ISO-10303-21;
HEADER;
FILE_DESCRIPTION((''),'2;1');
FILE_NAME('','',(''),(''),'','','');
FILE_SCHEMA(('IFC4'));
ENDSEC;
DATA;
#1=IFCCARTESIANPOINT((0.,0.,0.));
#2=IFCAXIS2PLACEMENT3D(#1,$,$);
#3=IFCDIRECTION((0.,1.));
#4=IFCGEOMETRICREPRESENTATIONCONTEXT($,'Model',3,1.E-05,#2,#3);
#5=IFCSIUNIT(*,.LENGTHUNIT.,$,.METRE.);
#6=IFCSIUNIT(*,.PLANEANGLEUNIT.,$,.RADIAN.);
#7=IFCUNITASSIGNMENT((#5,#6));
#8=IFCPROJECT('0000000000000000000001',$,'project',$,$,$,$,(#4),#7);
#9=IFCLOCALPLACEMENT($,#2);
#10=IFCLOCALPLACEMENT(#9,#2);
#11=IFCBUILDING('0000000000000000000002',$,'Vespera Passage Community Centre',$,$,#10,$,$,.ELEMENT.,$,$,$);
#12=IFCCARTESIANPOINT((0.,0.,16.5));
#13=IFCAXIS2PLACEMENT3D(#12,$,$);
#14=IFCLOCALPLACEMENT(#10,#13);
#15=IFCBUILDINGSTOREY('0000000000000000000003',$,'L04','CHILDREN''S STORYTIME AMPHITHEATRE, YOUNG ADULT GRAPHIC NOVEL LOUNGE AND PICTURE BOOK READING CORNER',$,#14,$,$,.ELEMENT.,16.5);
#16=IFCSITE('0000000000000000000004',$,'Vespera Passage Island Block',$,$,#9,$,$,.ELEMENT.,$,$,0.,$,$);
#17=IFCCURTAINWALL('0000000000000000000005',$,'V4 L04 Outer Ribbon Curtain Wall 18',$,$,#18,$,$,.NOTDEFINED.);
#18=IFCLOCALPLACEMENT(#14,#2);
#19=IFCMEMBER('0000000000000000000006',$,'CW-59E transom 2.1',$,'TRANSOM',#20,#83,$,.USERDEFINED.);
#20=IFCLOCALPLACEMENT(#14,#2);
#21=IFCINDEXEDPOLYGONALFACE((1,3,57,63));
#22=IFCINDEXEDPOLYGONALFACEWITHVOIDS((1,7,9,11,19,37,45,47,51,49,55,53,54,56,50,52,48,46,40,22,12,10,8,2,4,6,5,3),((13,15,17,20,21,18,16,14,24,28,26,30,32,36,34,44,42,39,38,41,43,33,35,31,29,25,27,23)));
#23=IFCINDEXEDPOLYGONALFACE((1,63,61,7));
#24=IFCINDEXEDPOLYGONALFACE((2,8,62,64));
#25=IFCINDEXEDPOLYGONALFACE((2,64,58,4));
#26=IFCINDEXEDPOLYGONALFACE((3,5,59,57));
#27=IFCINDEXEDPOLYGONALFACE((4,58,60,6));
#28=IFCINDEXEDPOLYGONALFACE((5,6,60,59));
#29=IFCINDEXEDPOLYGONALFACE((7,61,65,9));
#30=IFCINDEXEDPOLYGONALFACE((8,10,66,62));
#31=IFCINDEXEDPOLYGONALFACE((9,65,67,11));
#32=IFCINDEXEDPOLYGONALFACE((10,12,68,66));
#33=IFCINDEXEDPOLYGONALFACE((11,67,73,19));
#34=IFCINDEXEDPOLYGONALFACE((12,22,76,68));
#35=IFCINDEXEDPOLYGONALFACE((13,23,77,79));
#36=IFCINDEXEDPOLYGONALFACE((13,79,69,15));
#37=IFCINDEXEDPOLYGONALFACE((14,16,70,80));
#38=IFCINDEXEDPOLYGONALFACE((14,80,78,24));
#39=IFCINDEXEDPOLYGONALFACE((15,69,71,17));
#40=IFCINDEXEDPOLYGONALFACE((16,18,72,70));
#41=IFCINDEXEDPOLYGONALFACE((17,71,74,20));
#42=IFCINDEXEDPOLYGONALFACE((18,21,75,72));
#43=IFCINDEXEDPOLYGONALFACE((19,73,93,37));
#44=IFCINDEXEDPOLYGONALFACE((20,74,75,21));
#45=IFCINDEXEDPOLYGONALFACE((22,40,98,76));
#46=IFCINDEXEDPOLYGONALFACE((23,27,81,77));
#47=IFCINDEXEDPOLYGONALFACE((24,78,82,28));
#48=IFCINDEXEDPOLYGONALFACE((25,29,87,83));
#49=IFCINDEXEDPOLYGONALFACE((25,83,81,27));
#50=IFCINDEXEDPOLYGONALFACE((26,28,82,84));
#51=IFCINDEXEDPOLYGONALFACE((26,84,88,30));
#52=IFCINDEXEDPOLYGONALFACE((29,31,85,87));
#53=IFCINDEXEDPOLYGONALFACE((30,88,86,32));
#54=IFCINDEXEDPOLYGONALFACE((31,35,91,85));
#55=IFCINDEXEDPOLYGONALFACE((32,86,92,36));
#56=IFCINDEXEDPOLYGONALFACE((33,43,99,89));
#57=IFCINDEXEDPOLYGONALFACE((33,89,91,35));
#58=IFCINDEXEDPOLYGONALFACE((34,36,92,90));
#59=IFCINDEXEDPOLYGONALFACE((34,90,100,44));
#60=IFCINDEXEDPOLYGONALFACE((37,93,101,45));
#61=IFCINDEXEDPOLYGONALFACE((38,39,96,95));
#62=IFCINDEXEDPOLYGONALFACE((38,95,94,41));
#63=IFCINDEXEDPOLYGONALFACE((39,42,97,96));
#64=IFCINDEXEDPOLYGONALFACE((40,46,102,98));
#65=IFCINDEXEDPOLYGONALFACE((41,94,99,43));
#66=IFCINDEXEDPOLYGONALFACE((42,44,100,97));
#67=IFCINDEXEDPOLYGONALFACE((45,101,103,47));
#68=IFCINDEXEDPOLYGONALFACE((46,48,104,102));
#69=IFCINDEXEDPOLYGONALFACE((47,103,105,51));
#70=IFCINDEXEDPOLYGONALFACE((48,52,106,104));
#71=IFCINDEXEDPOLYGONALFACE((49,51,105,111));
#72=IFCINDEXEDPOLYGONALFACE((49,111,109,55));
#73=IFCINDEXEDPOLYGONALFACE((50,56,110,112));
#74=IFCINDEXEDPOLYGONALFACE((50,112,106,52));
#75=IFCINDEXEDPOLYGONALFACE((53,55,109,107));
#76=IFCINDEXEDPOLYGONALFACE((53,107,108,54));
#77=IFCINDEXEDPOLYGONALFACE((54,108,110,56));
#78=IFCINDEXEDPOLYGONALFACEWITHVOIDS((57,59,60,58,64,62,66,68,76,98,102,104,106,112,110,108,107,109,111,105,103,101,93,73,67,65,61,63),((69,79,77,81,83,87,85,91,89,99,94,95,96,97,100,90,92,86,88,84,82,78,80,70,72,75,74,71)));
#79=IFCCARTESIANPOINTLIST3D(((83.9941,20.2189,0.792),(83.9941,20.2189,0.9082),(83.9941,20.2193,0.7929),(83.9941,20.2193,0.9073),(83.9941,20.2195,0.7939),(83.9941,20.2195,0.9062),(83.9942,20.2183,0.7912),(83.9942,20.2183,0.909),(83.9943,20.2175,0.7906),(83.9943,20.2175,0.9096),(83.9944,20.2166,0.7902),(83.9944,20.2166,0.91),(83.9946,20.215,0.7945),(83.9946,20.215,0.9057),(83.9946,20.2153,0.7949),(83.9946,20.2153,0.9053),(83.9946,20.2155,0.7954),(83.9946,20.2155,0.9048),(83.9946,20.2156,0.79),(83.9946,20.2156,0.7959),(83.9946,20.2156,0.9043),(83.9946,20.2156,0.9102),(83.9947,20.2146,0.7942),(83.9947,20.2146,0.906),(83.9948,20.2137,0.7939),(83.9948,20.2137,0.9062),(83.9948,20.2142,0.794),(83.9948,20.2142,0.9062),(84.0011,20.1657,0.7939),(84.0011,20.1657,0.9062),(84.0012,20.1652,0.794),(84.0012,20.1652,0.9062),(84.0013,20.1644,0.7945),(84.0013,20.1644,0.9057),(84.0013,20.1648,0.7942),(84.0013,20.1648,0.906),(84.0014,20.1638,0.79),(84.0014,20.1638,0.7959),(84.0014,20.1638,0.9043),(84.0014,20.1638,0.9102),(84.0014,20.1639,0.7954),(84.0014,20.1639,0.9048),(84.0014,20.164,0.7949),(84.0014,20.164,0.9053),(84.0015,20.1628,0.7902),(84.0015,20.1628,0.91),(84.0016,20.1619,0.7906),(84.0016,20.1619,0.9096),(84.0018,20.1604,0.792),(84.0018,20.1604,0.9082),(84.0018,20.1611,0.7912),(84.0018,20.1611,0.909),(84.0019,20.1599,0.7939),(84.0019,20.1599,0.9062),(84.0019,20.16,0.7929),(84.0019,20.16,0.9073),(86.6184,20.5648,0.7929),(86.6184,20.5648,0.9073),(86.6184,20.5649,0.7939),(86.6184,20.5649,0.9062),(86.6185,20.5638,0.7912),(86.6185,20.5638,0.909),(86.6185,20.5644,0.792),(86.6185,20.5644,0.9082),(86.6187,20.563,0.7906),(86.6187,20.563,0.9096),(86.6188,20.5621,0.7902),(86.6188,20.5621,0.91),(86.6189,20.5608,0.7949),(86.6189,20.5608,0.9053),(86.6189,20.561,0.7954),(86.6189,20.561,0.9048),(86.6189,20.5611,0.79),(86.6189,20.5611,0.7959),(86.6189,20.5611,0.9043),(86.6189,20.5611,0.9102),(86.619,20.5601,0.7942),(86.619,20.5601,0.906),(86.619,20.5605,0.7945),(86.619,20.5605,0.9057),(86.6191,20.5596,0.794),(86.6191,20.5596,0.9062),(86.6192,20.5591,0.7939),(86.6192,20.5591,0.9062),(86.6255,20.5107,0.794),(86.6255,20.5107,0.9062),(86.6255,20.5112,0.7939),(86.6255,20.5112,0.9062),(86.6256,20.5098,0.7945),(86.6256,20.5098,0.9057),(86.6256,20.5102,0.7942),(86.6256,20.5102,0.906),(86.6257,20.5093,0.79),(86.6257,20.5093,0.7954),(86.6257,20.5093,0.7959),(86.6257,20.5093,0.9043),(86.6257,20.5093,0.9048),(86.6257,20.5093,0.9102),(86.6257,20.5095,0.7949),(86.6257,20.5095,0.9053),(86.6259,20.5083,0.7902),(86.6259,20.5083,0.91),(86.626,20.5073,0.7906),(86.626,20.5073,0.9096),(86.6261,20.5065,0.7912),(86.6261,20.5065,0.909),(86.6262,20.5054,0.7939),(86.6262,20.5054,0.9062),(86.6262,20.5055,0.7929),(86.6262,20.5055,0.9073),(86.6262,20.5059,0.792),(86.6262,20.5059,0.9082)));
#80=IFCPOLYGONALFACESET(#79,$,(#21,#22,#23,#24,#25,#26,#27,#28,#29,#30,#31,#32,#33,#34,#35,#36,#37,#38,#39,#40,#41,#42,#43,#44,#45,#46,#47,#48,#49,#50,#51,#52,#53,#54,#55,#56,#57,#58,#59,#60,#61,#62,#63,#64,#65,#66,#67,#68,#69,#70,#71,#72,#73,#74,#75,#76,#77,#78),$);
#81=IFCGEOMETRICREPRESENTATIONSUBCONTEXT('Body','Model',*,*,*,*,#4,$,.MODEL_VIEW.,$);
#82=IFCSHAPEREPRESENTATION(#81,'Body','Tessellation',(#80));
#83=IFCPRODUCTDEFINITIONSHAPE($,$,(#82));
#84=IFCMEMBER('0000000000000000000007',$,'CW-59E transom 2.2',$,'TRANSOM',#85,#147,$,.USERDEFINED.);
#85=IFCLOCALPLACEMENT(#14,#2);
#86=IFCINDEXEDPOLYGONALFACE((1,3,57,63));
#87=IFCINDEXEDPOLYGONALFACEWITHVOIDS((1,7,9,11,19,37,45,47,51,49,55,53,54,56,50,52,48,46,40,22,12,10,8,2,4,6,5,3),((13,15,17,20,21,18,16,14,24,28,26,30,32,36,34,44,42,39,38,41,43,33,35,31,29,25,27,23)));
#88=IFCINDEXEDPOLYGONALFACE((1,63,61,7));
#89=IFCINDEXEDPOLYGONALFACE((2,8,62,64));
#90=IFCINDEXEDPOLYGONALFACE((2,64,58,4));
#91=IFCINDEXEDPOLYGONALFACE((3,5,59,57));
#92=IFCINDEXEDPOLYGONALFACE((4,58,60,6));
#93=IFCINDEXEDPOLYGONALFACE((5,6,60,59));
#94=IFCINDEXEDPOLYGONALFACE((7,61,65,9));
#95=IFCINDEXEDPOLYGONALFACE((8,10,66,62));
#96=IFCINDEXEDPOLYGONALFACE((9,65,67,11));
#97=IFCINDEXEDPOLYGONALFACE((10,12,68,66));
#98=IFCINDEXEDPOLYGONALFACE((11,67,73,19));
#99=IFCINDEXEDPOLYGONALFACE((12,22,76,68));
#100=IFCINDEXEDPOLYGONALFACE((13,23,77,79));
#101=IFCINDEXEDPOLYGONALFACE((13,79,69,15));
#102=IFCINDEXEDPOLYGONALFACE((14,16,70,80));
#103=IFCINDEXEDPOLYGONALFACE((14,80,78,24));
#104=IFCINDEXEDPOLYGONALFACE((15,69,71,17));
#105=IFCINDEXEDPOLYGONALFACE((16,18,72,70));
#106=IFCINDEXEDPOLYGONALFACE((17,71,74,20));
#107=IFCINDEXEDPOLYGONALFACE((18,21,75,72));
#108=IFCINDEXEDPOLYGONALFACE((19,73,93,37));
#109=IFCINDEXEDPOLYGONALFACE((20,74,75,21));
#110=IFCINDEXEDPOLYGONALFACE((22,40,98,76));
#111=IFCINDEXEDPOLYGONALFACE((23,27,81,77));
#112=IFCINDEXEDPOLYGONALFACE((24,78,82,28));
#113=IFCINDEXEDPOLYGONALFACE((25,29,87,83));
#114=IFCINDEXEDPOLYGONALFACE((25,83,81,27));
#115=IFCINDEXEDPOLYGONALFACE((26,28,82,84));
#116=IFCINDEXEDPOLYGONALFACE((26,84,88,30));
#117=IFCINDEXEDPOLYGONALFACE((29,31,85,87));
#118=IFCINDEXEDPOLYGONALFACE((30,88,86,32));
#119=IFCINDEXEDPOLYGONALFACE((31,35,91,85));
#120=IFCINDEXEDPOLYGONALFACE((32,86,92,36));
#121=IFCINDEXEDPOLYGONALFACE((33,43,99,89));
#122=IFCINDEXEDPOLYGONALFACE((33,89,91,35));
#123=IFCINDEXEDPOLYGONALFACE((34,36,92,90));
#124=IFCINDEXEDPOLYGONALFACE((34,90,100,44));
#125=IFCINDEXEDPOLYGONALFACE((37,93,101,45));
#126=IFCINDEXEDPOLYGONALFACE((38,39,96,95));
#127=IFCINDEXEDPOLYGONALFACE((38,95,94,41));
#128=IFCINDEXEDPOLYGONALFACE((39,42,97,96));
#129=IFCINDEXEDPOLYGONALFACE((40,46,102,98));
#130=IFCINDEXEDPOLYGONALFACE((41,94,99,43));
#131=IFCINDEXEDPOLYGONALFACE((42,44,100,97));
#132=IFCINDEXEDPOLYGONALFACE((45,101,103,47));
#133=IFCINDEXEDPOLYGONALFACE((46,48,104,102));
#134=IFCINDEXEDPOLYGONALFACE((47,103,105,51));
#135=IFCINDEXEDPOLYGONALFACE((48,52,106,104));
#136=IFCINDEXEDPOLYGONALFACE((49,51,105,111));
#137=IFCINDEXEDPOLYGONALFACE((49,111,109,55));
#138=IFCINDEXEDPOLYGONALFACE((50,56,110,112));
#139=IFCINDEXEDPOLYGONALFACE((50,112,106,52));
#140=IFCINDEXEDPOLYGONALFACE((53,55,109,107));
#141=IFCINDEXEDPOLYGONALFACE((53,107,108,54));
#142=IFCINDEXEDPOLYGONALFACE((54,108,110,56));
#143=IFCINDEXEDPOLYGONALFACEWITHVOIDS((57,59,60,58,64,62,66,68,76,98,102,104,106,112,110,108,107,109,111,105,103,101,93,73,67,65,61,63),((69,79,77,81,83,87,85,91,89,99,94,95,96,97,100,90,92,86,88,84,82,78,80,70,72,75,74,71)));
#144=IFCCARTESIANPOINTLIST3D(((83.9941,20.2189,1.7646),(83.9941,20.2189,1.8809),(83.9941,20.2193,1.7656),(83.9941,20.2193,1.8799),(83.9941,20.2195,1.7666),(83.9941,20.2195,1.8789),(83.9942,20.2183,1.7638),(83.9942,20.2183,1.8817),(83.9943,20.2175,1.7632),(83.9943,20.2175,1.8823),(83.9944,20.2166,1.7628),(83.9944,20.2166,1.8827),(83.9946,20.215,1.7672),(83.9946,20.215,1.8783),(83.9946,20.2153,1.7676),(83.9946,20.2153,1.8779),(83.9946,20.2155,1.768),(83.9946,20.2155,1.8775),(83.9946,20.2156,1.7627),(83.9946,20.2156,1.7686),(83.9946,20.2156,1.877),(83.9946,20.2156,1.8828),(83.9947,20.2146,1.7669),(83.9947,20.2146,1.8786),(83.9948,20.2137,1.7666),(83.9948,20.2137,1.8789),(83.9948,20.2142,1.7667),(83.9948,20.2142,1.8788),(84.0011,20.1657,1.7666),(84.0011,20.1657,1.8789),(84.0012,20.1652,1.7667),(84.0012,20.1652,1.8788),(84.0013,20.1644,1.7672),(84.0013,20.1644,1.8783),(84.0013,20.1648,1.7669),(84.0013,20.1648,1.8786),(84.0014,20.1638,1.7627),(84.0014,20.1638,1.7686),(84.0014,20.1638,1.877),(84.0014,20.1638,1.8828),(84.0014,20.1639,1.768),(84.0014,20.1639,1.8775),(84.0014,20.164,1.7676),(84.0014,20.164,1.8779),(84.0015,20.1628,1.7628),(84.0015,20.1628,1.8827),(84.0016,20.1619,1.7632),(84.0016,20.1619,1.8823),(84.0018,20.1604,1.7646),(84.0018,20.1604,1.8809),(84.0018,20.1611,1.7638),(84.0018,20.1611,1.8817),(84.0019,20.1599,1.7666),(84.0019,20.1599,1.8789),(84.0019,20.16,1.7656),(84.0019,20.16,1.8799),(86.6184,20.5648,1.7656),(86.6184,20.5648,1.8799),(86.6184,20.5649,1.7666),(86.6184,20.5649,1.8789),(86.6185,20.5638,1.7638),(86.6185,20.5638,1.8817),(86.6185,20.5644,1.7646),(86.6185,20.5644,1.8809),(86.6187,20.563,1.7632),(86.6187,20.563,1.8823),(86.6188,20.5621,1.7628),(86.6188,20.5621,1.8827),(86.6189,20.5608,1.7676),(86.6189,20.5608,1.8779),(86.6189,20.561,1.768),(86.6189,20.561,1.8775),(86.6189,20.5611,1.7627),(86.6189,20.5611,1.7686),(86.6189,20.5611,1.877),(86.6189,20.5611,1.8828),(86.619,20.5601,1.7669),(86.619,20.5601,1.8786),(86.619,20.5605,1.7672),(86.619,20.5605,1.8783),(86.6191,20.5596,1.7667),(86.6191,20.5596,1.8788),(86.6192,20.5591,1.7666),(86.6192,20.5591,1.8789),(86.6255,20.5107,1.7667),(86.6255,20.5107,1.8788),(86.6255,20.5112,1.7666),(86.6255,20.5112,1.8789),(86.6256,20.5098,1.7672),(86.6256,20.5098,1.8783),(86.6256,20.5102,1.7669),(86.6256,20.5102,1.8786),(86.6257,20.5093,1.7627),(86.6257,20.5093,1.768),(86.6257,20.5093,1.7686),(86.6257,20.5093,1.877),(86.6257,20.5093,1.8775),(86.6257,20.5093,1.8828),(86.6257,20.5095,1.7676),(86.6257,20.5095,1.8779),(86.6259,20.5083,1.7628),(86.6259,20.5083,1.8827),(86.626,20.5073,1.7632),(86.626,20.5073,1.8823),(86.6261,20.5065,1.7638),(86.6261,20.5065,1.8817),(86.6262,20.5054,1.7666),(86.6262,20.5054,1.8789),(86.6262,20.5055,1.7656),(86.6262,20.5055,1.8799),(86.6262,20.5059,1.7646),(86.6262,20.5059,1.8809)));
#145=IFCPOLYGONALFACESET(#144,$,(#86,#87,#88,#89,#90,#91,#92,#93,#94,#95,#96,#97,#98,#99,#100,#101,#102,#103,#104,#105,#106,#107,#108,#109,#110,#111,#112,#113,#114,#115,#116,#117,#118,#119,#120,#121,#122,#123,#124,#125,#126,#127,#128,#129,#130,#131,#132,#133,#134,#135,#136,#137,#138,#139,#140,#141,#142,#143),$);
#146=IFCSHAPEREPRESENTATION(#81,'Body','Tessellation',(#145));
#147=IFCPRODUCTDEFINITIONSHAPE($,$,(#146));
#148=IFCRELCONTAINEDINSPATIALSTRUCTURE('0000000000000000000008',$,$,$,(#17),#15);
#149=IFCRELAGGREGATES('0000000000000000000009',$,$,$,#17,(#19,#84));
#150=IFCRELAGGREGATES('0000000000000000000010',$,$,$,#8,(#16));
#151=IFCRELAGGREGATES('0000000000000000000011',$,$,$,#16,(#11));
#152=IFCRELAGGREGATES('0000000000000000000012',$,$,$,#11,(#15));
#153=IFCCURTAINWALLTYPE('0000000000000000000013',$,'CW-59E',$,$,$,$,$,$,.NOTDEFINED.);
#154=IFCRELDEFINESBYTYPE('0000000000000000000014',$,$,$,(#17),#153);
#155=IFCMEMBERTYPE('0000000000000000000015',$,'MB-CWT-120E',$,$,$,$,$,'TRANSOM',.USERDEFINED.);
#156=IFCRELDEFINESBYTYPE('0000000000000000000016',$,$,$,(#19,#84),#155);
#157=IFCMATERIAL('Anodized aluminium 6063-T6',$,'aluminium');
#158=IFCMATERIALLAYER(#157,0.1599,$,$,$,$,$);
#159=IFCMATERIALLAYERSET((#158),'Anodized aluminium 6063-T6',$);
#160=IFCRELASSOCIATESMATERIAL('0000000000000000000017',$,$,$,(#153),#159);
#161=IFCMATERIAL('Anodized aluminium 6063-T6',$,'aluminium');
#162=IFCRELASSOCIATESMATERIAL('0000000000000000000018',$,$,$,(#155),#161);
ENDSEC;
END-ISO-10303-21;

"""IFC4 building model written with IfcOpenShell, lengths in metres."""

from ifc_helpers import new_model, si_unit, direction, frame, origin, origin_2d, place, context, subcontext, project, spatial, hollow_rectangle, extrude, material, layer, layer_set, material_profile, profile_set, type_object, element, aggregate, save


model = new_model("IFC4")

# Units and contexts
model_context = context("Model", 3, precision=1e-05, world=origin(), true_north=direction((0.0, 1.0)))
body_context = subcontext(model_context, "Body", "Model", "MODEL_VIEW")
ifc_project = project(units=[si_unit("LENGTHUNIT", "METRE"), si_unit("PLANEANGLEUNIT", "RADIAN")], contexts=[model_context])

# Site, building, storey
site_placement = place(None, origin())
site = spatial("IfcSite", under=ifc_project, at=site_placement, Name="Vespera Passage Island Block", CompositionType="ELEMENT", RefElevation=0.0)
building_placement = place(site_placement, origin())
building = spatial("IfcBuilding", under=site, at=building_placement, Name="Vespera Passage Community Centre", CompositionType="ELEMENT")
storey_placement = place(building_placement, frame((0.0, 0.0, 16.5)))
storey = spatial("IfcBuildingStorey", under=building, at=storey_placement, Name="L04", Description="CHILDREN'S STORYTIME AMPHITHEATRE, YOUNG ADULT GRAPHIC NOVEL LOUNGE AND PICTURE BOOK READING CORNER", CompositionType="ELEMENT", Elevation=16.5)

# Curtain wall, members
ifc_material_1 = material(Name="Anodized aluminium 6063-T6", Category="aluminium")
ifc_layer_1 = layer(ifc_material_1, 0.1599)
ifc_layer_set_1 = layer_set([ifc_layer_1], Name="Anodized aluminium 6063-T6")
curtain_wall_type = type_object("IfcCurtainWallType", Name="CW-59E", PredefinedType="NOTDEFINED", material=ifc_layer_set_1)
curtain_wall_placement = place(storey_placement, origin())
curtain_wall = element("IfcCurtainWall", 1, at=curtain_wall_placement, inside=storey, type_object=curtain_wall_type, Name="V4 L04 Outer Ribbon Curtain Wall 18", PredefinedType="NOTDEFINED")
ifc_material_2 = material(Name="Anodized aluminium 6063-T6", Category="aluminium")
ifc_material_profile_1 = material_profile(ifc_material_2, hollow_rectangle(XDim=0.0601, YDim=0.1201, WallThickness=0.0039, InnerFilletRadius=0.002, OuterFilletRadius=0.0039, at=origin_2d()), Name="ALU120X60X4")
ifc_profile_set_1 = profile_set([ifc_material_profile_1], Name="Anodized aluminium 6063-T6")
member_type_1 = type_object("IfcMemberType", Name="MB-CWT-120E", ElementType="TRANSOM", PredefinedType="USERDEFINED", material=ifc_profile_set_1)
member_1_placement = place(storey_placement, frame((86.6223, 20.5352, 0.8501), z_axis=(-0.991446, -0.130514, 0.0), x_axis=(0.130514, -0.991446, 0.0)))
member_1 = element("IfcMember", 2, at=member_1_placement, type_object=member_type_1, Name="CW-59E transom 2.1", ObjectType="TRANSOM", PredefinedType="USERDEFINED", context=body_context, shape_type="SweptSolid", body=[
    extrude(hollow_rectangle(XDim=0.0601, YDim=0.1201, WallThickness=0.0039, InnerFilletRadius=0.002, OuterFilletRadius=0.0039, at=origin_2d()), origin(), (0.0, 0.0, 1.0), 2.647),
])
member_2_placement = place(storey_placement, frame((86.6223, 20.5352, 1.8228), z_axis=(-0.991446, -0.130514, 0.0), x_axis=(0.130514, -0.991446, 0.0)))
member_2 = element("IfcMember", 3, at=member_2_placement, type_object=member_type_1, Name="CW-59E transom 2.2", ObjectType="TRANSOM", PredefinedType="USERDEFINED", context=body_context, shape_type="SweptSolid", body=[
    extrude(hollow_rectangle(XDim=0.0601, YDim=0.1201, WallThickness=0.0039, InnerFilletRadius=0.002, OuterFilletRadius=0.0039, at=origin_2d()), origin(), (0.0, 0.0, 1.0), 2.647),
])
aggregate(curtain_wall, [member_1, member_2])

save(model, "model.ifc")
